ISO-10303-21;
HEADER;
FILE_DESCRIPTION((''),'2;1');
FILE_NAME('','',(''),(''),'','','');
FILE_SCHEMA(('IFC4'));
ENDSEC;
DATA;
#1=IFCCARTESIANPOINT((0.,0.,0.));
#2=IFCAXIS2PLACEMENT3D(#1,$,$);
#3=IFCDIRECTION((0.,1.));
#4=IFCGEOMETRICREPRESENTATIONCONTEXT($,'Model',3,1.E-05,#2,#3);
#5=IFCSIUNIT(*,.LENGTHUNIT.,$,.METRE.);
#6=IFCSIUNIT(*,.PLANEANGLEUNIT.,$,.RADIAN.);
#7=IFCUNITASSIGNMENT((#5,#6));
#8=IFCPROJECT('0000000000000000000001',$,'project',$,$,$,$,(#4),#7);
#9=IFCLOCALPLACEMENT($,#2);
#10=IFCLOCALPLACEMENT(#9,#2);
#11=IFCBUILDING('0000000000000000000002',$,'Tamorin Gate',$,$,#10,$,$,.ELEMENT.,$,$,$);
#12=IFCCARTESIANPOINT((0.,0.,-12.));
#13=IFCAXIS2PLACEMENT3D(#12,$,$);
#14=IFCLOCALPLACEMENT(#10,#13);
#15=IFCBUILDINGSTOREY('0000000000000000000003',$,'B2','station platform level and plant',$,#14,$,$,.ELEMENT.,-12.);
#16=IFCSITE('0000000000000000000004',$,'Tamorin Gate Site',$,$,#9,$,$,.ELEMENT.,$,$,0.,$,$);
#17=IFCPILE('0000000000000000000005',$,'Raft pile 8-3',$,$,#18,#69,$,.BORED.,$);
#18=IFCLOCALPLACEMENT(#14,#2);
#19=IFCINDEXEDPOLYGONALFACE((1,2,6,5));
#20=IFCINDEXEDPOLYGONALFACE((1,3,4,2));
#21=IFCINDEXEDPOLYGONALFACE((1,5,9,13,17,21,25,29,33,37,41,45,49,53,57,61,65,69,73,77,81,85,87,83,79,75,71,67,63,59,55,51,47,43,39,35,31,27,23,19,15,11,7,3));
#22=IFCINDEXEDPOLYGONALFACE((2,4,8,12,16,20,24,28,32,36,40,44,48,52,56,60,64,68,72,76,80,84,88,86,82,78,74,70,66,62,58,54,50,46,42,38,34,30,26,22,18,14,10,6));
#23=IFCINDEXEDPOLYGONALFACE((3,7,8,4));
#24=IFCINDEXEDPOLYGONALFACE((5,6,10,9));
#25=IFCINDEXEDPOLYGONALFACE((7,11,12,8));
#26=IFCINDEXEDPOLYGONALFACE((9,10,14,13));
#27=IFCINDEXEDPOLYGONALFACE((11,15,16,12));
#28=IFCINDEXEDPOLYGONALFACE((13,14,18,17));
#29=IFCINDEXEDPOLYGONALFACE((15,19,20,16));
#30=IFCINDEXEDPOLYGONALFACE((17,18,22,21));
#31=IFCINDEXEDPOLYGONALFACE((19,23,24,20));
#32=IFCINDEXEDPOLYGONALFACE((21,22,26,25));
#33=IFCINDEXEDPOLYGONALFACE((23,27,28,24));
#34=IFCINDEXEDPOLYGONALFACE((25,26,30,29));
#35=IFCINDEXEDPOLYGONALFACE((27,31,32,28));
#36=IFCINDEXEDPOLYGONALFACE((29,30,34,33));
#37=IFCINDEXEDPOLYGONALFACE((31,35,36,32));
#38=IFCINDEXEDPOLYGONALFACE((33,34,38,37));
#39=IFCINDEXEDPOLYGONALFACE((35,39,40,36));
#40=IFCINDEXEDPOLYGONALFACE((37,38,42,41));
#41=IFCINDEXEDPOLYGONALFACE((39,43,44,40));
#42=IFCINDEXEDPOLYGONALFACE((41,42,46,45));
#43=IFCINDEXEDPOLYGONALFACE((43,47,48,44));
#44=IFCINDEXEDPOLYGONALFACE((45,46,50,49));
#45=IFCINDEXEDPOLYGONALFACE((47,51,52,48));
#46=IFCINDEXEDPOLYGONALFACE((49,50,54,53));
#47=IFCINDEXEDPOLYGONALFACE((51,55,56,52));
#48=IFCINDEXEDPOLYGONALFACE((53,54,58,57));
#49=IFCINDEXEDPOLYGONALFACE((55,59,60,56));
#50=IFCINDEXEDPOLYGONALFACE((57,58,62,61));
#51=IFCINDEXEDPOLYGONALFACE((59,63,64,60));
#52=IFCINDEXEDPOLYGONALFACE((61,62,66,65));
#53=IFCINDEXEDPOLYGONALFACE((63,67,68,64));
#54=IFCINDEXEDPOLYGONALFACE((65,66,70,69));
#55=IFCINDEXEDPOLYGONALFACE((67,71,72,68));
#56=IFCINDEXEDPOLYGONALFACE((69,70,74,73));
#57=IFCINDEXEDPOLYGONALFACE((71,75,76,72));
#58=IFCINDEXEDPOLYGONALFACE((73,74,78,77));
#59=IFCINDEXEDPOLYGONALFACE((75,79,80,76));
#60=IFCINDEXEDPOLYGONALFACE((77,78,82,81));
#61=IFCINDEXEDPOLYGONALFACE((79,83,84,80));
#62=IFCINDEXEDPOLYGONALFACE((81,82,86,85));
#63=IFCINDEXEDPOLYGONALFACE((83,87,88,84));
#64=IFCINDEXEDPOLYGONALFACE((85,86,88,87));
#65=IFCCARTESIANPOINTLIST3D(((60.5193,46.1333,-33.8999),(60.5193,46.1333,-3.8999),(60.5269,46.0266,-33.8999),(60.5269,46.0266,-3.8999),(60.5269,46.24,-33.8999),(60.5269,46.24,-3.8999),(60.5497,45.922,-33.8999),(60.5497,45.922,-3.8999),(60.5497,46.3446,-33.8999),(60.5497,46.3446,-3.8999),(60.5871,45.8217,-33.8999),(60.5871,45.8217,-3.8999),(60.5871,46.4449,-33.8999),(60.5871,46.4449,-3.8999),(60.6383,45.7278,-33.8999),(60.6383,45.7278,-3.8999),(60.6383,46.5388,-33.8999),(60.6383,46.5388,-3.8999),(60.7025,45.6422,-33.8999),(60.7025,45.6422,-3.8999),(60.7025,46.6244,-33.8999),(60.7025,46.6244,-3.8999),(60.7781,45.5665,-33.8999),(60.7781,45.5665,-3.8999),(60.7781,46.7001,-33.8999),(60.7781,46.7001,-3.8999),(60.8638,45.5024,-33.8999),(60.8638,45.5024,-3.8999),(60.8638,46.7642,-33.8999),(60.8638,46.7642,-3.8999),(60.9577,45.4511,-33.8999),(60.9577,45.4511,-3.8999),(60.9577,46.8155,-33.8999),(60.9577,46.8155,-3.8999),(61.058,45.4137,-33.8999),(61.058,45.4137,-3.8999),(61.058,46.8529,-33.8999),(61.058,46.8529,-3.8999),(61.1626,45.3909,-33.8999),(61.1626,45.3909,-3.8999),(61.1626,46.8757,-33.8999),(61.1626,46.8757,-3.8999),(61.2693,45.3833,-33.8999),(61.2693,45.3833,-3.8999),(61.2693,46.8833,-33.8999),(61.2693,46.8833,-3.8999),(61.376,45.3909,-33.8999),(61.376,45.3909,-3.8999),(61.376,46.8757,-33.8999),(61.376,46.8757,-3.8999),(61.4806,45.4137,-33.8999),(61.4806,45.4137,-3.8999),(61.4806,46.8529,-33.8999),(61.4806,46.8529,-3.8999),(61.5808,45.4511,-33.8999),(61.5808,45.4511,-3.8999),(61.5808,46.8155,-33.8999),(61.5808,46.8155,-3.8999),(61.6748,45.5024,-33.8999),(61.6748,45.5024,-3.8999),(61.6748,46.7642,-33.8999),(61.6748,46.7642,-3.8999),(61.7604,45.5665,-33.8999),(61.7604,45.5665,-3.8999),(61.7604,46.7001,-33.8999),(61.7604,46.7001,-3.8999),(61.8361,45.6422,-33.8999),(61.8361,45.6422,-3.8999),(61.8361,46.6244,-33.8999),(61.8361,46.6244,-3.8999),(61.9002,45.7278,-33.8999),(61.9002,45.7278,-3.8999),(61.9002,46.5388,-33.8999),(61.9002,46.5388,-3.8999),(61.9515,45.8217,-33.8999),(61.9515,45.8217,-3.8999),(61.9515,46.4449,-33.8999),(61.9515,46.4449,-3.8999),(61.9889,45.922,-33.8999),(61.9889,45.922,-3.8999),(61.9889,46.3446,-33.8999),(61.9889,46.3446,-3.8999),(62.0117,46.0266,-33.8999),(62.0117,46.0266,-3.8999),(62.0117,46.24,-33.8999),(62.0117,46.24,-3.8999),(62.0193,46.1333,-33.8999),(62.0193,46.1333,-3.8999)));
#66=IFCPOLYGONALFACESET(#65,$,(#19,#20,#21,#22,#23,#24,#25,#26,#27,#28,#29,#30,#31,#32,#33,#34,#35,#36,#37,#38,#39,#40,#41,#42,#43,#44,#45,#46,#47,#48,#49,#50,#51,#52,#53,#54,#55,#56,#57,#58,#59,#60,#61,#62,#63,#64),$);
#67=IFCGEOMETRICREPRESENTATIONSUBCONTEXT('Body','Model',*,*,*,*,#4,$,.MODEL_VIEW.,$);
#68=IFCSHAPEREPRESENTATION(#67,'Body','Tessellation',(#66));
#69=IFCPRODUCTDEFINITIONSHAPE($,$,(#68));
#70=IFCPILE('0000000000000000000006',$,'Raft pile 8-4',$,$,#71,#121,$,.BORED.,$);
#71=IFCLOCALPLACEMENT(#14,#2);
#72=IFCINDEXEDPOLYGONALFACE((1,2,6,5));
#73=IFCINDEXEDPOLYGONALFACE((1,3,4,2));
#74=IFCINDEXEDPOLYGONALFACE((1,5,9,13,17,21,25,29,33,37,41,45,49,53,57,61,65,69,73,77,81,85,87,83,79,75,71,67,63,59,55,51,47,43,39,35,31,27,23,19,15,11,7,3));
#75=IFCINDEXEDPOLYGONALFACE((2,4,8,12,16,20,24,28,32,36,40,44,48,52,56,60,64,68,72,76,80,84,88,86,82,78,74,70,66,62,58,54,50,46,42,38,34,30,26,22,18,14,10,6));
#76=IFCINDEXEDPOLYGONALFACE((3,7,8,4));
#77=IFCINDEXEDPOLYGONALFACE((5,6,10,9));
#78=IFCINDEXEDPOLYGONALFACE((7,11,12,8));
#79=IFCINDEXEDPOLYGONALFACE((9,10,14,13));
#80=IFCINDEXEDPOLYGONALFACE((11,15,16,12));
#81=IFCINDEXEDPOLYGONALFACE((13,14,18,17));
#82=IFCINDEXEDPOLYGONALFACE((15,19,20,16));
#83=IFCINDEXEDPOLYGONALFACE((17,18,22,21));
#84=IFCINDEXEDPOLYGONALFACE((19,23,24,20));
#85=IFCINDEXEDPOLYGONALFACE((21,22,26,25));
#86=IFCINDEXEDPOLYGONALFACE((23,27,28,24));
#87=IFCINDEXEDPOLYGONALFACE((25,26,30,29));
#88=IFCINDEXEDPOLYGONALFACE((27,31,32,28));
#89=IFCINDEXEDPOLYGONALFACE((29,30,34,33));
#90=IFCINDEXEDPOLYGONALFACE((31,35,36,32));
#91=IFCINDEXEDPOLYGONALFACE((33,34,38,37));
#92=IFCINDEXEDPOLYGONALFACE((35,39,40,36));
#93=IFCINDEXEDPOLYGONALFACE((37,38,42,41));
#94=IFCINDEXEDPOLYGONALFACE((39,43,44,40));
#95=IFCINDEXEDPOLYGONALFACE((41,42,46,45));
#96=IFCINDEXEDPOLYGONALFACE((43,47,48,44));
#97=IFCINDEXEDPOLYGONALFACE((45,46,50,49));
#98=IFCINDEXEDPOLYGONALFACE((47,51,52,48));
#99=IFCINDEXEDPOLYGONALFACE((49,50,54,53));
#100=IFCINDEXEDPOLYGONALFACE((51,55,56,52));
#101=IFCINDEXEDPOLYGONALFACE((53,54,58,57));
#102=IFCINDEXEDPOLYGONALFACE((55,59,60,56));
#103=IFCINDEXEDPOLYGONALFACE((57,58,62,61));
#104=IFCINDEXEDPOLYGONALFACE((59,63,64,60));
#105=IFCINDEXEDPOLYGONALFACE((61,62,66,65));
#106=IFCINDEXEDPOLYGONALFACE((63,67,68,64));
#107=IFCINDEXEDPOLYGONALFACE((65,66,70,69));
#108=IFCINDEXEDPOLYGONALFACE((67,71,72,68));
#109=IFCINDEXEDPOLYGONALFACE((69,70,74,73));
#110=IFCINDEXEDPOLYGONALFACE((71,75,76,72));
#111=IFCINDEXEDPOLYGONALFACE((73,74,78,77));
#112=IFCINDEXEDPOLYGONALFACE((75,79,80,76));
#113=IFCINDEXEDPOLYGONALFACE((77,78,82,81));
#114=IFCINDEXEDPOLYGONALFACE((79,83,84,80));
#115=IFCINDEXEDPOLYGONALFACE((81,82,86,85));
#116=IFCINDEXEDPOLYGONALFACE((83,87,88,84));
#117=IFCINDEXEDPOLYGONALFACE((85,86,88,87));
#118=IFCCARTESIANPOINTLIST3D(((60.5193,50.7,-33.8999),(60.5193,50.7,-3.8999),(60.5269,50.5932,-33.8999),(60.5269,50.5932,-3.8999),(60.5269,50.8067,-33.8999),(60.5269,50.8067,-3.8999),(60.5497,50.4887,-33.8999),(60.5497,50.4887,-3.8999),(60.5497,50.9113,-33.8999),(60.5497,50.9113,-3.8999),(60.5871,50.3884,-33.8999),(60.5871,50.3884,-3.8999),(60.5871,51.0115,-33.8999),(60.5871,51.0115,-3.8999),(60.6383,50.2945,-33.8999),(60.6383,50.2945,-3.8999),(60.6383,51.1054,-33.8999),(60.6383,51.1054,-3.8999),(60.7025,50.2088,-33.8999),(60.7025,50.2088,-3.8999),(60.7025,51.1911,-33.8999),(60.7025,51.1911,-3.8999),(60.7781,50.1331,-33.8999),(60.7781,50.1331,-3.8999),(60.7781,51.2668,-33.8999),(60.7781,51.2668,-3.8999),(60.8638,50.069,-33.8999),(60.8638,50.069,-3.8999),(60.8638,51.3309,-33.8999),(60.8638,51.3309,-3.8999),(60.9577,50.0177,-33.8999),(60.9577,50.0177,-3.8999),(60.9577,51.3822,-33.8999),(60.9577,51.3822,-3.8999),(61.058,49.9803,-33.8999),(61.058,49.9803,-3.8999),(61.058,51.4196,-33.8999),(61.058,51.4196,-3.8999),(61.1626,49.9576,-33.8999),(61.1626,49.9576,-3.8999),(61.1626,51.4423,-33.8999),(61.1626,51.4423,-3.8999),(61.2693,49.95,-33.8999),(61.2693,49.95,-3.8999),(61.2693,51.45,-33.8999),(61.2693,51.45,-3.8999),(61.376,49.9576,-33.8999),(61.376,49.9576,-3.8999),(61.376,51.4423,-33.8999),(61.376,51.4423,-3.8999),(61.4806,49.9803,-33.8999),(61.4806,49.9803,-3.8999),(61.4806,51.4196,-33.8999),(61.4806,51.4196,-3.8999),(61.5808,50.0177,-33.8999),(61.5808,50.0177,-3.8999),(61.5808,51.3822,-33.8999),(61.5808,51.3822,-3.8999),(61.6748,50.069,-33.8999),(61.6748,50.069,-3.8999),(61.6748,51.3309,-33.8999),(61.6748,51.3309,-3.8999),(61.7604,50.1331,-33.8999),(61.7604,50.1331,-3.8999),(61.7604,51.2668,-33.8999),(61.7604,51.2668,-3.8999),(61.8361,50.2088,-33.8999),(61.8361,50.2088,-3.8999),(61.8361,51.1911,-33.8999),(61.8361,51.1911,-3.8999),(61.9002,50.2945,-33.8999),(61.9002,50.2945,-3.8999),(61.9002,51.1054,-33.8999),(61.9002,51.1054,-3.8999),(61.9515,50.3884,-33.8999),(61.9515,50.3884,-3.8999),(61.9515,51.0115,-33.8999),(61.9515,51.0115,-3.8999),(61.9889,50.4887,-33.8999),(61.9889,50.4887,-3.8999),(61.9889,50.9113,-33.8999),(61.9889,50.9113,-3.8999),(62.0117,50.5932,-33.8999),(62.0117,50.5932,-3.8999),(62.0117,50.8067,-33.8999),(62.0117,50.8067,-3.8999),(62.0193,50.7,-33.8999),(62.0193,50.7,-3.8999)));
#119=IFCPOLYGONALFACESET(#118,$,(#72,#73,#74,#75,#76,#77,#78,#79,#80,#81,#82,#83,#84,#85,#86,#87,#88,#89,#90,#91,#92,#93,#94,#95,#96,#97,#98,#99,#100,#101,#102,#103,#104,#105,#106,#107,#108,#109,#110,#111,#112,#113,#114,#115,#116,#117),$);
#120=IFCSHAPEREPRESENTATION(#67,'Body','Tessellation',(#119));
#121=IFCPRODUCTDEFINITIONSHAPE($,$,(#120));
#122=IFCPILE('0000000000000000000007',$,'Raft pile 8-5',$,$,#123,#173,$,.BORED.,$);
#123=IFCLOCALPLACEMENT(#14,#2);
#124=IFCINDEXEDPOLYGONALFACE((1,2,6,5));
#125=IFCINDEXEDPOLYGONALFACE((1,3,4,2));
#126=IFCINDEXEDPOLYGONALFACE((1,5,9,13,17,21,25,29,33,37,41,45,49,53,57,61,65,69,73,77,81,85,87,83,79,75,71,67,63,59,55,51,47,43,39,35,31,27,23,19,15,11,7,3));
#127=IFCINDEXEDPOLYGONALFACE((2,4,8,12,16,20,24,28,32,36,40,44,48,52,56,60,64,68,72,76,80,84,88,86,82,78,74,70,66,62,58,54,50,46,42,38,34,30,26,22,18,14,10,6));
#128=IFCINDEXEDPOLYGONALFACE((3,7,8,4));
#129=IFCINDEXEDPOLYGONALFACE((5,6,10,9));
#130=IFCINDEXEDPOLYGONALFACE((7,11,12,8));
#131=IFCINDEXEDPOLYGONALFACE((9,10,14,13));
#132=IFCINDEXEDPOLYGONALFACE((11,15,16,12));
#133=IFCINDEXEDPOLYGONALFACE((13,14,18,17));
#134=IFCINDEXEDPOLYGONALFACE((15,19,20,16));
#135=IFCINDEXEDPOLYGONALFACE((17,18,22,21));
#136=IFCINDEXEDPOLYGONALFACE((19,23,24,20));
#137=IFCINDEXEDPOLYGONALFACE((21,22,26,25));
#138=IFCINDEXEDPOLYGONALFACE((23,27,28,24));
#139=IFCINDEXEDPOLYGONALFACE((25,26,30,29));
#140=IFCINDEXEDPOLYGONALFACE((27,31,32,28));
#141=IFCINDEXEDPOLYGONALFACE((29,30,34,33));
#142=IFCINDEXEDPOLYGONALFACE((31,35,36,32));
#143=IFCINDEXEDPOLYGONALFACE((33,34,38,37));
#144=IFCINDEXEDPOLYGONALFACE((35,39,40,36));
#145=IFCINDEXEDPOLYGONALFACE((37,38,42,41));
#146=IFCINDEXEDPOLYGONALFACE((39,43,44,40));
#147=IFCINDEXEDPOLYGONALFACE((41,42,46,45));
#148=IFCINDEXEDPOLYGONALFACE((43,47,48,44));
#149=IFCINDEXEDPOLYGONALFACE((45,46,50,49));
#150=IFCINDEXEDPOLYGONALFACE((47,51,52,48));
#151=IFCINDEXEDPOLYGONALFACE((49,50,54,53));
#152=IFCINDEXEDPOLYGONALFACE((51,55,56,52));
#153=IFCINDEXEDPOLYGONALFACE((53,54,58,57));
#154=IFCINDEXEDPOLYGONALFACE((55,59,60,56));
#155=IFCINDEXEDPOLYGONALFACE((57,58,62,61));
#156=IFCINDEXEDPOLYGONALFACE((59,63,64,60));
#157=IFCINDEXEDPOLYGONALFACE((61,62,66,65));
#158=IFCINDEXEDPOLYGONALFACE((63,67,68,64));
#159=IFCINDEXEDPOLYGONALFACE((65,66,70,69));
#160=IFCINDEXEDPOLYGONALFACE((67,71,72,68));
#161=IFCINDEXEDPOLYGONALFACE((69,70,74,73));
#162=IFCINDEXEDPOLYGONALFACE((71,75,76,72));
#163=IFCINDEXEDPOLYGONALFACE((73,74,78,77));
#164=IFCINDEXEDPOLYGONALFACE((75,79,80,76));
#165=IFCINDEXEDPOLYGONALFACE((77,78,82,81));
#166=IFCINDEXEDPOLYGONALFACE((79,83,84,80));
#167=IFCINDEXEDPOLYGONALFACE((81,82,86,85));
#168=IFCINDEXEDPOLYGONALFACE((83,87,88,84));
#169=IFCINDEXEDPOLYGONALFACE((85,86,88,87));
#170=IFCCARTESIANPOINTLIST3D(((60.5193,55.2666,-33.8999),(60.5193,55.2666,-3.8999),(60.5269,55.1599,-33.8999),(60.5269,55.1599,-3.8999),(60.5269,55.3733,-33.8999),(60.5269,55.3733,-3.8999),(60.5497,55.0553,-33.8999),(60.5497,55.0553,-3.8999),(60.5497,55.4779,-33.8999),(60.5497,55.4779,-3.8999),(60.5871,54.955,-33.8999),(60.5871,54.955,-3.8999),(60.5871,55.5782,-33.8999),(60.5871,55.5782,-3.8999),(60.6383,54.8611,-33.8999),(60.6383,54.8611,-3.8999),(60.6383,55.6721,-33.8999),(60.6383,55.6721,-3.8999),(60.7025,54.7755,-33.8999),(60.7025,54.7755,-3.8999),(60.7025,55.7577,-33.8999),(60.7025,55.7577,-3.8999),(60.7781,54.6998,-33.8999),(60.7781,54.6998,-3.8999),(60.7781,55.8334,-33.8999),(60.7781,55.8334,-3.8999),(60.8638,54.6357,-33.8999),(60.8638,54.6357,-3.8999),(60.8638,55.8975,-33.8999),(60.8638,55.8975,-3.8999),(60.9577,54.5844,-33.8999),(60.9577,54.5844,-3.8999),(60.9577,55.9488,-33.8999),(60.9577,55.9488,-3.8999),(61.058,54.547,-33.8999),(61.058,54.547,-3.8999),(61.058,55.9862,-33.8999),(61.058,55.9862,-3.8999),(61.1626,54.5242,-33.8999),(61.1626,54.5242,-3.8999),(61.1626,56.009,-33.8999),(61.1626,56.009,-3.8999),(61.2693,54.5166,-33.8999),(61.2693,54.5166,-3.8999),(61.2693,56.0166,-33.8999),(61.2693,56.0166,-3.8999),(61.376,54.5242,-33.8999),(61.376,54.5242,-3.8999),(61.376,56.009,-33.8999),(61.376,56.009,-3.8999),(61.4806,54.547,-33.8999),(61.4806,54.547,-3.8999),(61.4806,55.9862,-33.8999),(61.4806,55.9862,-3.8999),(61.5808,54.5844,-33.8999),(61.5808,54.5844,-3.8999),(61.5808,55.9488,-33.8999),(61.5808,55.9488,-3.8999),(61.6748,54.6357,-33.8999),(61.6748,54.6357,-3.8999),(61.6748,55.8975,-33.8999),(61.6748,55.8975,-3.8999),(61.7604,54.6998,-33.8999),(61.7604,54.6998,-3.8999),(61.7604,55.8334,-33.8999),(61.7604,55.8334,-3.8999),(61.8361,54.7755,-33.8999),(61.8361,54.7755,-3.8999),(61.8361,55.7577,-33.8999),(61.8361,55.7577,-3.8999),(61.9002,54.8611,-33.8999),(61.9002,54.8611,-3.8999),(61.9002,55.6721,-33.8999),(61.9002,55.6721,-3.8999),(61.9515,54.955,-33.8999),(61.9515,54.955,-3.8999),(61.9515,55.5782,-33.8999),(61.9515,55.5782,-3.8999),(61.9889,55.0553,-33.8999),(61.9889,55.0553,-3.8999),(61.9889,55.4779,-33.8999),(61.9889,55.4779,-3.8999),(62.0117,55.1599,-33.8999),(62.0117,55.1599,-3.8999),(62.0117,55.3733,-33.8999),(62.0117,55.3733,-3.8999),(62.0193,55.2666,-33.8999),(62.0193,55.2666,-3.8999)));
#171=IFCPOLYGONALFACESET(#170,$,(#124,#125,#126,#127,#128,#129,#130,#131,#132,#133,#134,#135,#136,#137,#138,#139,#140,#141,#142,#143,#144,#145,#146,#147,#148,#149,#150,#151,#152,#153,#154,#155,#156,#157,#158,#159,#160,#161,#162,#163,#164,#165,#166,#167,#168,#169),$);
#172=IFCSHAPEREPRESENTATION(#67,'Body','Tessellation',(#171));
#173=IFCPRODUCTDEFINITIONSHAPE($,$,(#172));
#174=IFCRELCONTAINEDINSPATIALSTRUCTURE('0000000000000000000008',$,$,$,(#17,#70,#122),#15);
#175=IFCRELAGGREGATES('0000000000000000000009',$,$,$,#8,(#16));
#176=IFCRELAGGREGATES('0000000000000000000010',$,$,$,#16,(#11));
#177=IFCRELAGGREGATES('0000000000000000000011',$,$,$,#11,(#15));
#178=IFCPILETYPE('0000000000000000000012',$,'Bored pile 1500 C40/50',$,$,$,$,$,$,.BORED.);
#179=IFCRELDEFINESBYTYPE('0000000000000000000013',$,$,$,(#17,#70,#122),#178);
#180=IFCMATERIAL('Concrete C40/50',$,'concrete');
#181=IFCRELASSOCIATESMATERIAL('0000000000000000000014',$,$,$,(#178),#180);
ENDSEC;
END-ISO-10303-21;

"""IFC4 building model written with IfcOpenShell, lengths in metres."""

from ifc_helpers import new_model, si_unit, direction, frame, origin, origin_2d, place, context, subcontext, project, spatial, circle, extrude, material, material_profile, profile_set, type_object, element, save


model = new_model("IFC4")

# Units and contexts
model_context = context("Model", 3, precision=1e-05, world=origin(), true_north=direction((0.0, 1.0)))
body_context = subcontext(model_context, "Body", "Model", "MODEL_VIEW")
ifc_project = project(units=[si_unit("LENGTHUNIT", "METRE"), si_unit("PLANEANGLEUNIT", "RADIAN")], contexts=[model_context])

# Site, building, storey
site_placement = place(None, origin())
site = spatial("IfcSite", under=ifc_project, at=site_placement, Name="Tamorin Gate Site", CompositionType="ELEMENT", RefElevation=0.0)
building_placement = place(site_placement, origin())
building = spatial("IfcBuilding", under=site, at=building_placement, Name="Tamorin Gate", CompositionType="ELEMENT")
storey_placement = place(building_placement, frame((0.0, 0.0, -12.0)))
storey = spatial("IfcBuildingStorey", under=building, at=storey_placement, Name="B2", Description="station platform level and plant", CompositionType="ELEMENT", Elevation=-12.0)

# Piles
ifc_material_1 = material(Name="Concrete C40/50", Category="concrete")
ifc_material_profile_1 = material_profile(ifc_material_1, circle(Radius=0.75, at=origin_2d()))
ifc_profile_set_1 = profile_set([ifc_material_profile_1], Name="Concrete C40/50")
pile_type = type_object("IfcPileType", Name="Bored pile 1500 C40/50", PredefinedType="BORED", material=ifc_profile_set_1)
for number, where, z_axis, x_axis, name in (
    (1, (61.2693, 46.1333, -3.8999), (0.0, 0.0, -1.0), (1.0, 0.0, 0.0), "Raft pile 8-3"),
    (2, (61.2693, 50.7, -3.8999), (0.0, 0.0, -1.0), (1.0, 0.0, 0.0), "Raft pile 8-4"),
    (3, (61.2693, 55.2666, -3.8999), (0.0, 0.0, -1.0), (1.0, 0.0, 0.0), "Raft pile 8-5"),
):
    element("IfcPile", number, at=place(storey_placement, frame(where, z_axis=z_axis, x_axis=x_axis)), inside=storey, type_object=pile_type, Name=name, PredefinedType="BORED", context=body_context, shape_type="SweptSolid", body=[
        extrude(circle(Radius=0.75, at=origin_2d()), origin(), (0.0, 0.0, 1.0), 30.0),
    ])

save(model, "model.ifc")
